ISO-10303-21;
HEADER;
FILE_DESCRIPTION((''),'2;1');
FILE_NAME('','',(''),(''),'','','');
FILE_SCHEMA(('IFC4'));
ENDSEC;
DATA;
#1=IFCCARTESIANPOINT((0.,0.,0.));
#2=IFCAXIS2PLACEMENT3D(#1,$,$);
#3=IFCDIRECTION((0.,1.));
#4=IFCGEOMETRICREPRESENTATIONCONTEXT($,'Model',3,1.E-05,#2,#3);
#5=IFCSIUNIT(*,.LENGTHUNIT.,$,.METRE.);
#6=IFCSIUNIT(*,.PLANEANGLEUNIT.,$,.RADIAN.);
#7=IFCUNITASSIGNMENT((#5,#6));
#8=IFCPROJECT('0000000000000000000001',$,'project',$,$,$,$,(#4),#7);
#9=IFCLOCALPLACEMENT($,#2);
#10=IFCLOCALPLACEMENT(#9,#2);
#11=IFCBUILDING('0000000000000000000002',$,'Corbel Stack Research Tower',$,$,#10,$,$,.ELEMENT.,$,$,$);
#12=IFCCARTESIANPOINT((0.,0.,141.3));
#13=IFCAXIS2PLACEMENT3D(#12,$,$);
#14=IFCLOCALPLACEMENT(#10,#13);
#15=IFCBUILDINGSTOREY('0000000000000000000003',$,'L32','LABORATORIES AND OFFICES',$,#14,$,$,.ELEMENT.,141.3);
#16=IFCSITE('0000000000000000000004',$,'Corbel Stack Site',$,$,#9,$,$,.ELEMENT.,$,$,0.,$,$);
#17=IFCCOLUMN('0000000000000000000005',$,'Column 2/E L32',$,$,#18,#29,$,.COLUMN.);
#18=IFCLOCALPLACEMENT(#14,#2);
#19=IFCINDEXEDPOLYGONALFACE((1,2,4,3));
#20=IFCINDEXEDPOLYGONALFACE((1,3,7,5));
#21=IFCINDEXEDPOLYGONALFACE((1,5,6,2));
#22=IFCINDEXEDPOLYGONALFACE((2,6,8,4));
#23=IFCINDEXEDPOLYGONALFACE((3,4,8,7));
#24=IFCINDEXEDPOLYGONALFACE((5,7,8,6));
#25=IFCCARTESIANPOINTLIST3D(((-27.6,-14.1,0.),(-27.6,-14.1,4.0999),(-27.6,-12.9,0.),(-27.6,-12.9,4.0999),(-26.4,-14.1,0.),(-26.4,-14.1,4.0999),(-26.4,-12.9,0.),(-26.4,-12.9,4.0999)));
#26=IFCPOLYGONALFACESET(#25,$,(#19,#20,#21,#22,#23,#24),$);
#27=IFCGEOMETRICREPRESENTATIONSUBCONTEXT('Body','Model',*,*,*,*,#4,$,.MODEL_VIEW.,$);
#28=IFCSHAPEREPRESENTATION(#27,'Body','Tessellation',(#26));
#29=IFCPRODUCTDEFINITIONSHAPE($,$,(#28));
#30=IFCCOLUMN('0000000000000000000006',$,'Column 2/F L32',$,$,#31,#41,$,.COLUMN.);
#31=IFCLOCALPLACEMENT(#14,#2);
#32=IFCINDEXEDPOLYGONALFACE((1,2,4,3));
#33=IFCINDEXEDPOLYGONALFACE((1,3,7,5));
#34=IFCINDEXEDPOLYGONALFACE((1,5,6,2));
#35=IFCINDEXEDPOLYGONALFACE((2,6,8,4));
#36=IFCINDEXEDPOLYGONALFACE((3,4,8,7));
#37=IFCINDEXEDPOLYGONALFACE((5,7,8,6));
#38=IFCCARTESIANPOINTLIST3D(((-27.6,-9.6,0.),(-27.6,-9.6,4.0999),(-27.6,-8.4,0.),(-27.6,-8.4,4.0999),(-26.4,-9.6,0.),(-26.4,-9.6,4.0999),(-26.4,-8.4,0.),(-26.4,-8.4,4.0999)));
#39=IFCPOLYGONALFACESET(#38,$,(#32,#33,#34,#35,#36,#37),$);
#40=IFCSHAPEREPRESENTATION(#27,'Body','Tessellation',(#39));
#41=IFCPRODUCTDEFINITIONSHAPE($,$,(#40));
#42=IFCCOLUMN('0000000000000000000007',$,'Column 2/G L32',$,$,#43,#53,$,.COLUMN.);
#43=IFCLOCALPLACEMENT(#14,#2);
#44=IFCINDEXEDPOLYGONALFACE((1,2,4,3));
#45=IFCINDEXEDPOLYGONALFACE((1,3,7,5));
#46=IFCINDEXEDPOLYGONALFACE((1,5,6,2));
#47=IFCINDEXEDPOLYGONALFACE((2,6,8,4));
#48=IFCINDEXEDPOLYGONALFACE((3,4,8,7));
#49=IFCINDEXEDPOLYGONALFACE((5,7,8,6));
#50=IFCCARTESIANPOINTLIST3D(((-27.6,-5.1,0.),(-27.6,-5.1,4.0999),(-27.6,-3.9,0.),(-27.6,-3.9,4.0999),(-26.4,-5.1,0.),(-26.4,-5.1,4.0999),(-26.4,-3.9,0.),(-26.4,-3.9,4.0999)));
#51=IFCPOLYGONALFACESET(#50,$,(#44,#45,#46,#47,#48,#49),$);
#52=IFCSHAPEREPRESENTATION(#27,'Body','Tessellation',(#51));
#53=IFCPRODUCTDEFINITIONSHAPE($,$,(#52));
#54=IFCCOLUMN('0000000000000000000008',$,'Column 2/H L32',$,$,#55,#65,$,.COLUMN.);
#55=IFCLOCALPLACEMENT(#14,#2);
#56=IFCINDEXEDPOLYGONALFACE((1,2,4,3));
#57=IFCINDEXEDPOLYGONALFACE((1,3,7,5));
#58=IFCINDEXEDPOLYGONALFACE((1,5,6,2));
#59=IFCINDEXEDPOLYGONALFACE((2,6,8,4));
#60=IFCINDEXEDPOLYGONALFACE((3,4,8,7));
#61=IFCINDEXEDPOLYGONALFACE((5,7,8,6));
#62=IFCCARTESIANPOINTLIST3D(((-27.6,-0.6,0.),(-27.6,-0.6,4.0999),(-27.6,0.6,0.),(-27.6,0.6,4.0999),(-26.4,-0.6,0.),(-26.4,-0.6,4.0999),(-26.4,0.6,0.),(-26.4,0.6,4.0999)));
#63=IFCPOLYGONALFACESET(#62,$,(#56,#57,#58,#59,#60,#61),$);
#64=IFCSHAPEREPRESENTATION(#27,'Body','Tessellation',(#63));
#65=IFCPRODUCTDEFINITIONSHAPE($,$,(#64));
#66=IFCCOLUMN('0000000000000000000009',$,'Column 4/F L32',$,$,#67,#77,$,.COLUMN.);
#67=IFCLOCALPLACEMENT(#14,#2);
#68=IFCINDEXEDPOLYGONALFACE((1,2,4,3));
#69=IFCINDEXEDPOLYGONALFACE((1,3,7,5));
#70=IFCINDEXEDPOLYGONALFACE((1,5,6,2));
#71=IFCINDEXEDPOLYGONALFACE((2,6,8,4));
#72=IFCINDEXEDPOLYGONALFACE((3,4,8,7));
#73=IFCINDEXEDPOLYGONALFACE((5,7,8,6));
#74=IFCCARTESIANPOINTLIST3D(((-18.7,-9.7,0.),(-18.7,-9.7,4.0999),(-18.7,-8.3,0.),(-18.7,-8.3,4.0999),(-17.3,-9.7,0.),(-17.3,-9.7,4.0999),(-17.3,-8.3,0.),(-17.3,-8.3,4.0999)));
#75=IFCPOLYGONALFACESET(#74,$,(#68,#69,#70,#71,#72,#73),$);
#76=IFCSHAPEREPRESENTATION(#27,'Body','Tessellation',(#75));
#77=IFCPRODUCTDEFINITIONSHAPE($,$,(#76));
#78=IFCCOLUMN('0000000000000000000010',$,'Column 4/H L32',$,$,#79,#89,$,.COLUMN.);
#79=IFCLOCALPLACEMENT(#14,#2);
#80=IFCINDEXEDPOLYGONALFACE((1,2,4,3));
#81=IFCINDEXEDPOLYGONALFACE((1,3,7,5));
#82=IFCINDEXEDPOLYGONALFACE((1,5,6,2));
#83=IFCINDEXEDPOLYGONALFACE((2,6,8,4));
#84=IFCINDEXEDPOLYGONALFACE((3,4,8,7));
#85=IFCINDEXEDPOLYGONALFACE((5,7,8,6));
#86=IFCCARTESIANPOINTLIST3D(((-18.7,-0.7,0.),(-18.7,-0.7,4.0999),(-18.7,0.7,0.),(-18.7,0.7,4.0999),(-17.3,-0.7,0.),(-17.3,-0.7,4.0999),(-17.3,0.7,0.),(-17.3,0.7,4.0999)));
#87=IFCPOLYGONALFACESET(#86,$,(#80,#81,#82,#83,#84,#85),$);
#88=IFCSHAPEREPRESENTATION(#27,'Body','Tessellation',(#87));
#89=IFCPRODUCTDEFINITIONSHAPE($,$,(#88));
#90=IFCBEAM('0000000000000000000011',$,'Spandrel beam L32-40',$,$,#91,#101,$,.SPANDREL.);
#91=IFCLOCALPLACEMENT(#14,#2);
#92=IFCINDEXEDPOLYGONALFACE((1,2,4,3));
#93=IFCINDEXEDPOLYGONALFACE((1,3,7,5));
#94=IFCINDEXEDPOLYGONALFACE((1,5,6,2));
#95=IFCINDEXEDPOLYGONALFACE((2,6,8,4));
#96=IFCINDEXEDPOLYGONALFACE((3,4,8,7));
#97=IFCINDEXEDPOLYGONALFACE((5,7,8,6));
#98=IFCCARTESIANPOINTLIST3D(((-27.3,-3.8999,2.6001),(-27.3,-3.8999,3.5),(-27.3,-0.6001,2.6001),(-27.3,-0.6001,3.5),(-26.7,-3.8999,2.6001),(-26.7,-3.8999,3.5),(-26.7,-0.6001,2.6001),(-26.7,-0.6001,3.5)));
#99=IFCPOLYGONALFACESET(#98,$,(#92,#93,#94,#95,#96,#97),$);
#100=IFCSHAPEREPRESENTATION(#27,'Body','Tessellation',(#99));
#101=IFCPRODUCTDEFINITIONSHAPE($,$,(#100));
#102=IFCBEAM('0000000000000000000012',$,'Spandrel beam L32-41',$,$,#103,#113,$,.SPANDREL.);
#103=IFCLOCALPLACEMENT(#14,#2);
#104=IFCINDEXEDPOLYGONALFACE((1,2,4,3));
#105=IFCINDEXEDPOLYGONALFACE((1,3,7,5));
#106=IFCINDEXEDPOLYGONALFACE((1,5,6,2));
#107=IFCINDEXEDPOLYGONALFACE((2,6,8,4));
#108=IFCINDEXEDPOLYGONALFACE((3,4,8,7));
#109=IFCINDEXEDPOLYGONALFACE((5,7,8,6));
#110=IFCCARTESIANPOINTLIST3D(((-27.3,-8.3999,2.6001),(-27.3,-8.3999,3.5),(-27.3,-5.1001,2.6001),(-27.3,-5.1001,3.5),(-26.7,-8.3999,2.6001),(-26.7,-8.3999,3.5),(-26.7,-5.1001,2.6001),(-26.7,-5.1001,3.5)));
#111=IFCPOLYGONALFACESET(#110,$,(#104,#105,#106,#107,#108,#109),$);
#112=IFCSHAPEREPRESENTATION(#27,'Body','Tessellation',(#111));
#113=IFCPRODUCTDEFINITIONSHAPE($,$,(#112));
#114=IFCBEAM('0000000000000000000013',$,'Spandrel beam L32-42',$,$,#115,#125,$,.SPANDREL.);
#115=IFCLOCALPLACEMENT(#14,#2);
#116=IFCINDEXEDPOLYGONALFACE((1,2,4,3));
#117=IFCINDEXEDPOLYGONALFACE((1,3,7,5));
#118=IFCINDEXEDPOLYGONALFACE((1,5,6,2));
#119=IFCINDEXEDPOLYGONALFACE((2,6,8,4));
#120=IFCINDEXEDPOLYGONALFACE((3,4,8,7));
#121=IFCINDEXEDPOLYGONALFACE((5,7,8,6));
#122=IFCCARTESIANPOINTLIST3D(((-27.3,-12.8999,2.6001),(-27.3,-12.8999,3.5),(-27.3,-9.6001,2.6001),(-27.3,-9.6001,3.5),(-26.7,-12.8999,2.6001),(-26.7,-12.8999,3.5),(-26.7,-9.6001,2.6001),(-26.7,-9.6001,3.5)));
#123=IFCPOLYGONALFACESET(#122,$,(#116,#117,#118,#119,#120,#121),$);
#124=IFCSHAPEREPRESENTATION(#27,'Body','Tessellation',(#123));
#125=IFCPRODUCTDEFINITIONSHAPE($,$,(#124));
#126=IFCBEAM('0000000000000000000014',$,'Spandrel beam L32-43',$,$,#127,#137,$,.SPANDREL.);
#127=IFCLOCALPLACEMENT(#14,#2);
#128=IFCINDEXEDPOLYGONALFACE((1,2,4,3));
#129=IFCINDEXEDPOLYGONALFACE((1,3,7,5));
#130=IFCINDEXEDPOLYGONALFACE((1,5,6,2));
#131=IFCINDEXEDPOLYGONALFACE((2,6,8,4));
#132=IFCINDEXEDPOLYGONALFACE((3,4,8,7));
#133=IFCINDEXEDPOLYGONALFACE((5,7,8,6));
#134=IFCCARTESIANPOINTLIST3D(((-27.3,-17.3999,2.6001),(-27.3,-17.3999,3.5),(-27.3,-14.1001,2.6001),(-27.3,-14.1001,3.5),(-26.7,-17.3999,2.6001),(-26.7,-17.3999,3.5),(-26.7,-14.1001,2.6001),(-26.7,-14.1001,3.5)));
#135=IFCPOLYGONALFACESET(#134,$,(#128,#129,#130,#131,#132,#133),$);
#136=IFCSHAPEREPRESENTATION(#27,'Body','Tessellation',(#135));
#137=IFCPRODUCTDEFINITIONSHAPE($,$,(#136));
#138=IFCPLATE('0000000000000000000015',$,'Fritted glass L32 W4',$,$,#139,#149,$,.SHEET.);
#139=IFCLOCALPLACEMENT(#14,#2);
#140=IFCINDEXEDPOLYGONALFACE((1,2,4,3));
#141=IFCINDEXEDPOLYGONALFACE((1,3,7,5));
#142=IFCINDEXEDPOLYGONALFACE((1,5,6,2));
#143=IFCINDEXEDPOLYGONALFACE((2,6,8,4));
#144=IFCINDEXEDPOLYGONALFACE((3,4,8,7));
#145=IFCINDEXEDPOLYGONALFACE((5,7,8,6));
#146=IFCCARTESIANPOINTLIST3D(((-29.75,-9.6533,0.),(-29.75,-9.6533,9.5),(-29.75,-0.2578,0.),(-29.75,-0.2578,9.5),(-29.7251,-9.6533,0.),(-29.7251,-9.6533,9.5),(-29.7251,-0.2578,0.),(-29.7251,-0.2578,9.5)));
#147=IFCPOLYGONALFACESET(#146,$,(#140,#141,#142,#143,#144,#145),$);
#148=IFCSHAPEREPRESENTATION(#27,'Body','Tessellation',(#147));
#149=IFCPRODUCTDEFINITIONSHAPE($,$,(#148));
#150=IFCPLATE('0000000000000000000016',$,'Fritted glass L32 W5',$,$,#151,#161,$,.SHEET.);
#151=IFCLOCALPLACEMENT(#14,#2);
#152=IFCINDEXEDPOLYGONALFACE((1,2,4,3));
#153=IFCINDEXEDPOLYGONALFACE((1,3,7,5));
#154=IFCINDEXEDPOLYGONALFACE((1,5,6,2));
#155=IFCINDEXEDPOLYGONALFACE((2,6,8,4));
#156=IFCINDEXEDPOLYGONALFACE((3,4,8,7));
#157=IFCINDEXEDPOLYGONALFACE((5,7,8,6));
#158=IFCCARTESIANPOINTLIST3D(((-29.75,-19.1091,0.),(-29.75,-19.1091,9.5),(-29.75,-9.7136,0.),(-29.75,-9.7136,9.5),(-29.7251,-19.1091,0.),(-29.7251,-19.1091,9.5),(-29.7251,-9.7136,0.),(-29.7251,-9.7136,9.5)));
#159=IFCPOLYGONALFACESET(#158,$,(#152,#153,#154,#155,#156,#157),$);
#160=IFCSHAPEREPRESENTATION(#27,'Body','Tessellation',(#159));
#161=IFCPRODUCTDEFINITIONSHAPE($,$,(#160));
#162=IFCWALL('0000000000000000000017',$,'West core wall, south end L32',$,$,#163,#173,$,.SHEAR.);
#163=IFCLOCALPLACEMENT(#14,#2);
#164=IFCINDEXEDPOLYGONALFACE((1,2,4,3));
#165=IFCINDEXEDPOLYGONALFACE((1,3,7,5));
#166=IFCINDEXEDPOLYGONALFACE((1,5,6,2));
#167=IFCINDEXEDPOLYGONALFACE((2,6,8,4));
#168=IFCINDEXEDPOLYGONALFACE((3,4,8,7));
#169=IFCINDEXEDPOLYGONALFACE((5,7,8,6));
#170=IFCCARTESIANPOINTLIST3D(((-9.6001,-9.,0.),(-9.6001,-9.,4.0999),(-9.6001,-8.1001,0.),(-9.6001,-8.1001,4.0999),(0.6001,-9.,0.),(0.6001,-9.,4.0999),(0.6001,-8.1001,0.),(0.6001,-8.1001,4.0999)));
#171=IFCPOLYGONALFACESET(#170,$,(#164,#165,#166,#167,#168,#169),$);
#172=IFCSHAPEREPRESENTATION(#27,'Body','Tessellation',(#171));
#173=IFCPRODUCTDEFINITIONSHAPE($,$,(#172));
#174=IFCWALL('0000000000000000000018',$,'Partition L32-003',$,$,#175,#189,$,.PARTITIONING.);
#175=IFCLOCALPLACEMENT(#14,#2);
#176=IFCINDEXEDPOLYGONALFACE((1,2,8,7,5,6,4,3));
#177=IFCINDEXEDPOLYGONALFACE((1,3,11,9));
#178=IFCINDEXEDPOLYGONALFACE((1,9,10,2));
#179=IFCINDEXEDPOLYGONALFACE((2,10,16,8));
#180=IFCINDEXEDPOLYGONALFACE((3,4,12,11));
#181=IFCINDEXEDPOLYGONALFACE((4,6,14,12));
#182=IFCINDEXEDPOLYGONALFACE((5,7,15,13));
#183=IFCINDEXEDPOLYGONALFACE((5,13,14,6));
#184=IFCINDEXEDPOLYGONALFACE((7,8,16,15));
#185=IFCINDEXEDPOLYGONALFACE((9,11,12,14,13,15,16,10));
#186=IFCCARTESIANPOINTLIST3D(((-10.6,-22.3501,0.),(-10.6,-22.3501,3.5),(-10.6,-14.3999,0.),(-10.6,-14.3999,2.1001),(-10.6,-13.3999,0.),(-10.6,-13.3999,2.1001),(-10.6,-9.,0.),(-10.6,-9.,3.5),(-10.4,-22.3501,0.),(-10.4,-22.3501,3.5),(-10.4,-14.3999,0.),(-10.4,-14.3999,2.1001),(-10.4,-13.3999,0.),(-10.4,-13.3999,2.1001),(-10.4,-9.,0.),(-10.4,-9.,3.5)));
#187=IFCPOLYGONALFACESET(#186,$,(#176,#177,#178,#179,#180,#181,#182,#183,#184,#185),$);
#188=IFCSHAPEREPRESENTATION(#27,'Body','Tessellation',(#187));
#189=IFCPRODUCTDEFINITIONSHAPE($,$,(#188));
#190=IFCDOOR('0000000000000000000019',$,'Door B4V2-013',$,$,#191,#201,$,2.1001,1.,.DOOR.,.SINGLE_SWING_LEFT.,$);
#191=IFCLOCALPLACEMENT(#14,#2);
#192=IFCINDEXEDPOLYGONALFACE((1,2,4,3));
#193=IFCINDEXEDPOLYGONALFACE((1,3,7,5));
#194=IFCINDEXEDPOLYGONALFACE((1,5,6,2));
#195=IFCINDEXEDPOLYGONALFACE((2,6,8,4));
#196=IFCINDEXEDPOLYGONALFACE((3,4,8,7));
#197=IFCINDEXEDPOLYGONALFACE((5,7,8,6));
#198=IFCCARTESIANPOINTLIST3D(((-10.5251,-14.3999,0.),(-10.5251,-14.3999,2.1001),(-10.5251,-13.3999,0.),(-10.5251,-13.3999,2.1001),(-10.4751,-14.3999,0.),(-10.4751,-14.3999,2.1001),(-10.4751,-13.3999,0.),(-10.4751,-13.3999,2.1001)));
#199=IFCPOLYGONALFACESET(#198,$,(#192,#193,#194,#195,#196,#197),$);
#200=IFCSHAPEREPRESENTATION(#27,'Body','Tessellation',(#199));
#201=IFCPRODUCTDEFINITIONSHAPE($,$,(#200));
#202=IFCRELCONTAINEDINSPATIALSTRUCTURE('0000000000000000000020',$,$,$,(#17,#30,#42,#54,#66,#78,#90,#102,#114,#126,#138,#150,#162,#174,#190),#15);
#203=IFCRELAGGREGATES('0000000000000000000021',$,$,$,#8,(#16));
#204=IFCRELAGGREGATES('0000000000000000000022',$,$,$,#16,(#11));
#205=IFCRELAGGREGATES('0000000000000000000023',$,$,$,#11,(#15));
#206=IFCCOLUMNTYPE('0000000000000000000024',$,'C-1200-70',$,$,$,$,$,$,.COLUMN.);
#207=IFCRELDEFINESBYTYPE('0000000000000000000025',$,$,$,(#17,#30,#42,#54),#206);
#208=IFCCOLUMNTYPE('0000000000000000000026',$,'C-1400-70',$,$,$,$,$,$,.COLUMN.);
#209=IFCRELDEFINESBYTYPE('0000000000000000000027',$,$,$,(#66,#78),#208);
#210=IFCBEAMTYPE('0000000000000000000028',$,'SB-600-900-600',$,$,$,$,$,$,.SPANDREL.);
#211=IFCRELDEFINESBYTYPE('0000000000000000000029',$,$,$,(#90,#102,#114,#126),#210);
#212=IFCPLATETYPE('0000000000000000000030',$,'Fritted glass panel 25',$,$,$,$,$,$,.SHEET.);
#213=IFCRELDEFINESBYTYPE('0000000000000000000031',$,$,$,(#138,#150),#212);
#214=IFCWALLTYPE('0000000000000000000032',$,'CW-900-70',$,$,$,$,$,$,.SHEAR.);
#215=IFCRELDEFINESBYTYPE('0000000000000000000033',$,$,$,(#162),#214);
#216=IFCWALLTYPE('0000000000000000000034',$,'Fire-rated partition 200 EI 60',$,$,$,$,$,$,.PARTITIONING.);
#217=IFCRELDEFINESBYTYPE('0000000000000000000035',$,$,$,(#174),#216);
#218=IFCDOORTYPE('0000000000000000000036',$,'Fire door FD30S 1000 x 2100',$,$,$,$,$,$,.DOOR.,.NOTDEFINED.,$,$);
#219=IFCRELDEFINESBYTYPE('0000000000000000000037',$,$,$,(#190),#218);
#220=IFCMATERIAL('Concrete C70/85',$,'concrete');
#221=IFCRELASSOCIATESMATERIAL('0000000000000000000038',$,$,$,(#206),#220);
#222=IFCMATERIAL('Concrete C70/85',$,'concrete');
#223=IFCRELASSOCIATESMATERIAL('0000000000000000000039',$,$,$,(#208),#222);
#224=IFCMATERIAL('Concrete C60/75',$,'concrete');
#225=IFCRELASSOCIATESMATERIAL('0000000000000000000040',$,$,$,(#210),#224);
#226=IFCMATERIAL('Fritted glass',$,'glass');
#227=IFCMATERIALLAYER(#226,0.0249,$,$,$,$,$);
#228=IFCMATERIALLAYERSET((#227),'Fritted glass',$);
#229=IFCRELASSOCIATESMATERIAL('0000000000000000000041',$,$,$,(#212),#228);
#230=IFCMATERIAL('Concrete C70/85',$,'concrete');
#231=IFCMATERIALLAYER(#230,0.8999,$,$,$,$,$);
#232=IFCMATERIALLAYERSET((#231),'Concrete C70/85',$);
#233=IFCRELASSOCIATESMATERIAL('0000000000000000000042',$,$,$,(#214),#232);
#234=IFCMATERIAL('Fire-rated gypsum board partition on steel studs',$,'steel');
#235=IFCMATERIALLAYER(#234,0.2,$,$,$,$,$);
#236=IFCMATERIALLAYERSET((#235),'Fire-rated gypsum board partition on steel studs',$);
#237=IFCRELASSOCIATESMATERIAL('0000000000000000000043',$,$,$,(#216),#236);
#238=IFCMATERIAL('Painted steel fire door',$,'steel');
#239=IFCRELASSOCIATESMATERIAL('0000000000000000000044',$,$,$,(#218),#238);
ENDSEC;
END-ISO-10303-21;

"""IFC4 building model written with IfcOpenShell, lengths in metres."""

from ifc_helpers import new_model, si_unit, direction, frame, frame_2d, origin, origin_2d, place, context, subcontext, project, spatial, rectangle, extrude, material, layer, layer_set, material_profile, profile_set, type_object, element, fill, save


model = new_model("IFC4")

# Units and contexts
model_context = context("Model", 3, precision=1e-05, world=origin(), true_north=direction((0.0, 1.0)))
body_context = subcontext(model_context, "Body", "Model", "MODEL_VIEW")
ifc_project = project(units=[si_unit("LENGTHUNIT", "METRE"), si_unit("PLANEANGLEUNIT", "RADIAN")], contexts=[model_context])

# Site, building, storey
site_placement = place(None, origin())
site = spatial("IfcSite", under=ifc_project, at=site_placement, Name="Corbel Stack Site", CompositionType="ELEMENT", RefElevation=0.0)
building_placement = place(site_placement, origin())
building = spatial("IfcBuilding", under=site, at=building_placement, Name="Corbel Stack Research Tower", CompositionType="ELEMENT")
storey_placement = place(building_placement, frame((0.0, 0.0, 141.3)))
storey = spatial("IfcBuildingStorey", under=building, at=storey_placement, Name="L32", Description="LABORATORIES AND OFFICES", CompositionType="ELEMENT", Elevation=141.3)

# Columns
ifc_material_1 = material(Name="Concrete C70/85", Category="concrete")
ifc_material_profile_1 = material_profile(ifc_material_1, rectangle(XDim=1.2, YDim=1.2, at=origin_2d()), Name="RC 1200 x 1200")
ifc_profile_set_1 = profile_set([ifc_material_profile_1], Name="Concrete C70/85")
column_type_1 = type_object("IfcColumnType", Name="C-1200-70", PredefinedType="COLUMN", material=ifc_profile_set_1)
for number, where, z_axis, x_axis, name in (
    (1, (-27.0, -13.5, 0.0), (0.0, 0.0, 1.0), (1.0, 0.0, 0.0), "Column 2/E L32"),
    (2, (-27.0, -9.0, 0.0), (0.0, 0.0, 1.0), (1.0, 0.0, 0.0), "Column 2/F L32"),
    (3, (-27.0, -4.5, 0.0), (0.0, 0.0, 1.0), (1.0, 0.0, 0.0), "Column 2/G L32"),
    (4, (-27.0, 0.0, 0.0), (0.0, 0.0, 1.0), (1.0, 0.0, 0.0), "Column 2/H L32"),
):
    element("IfcColumn", number, at=place(storey_placement, frame(where, z_axis=z_axis, x_axis=x_axis)), inside=storey, type_object=column_type_1, Name=name, PredefinedType="COLUMN", context=body_context, shape_type="SweptSolid", body=[
        extrude(rectangle(XDim=1.2, YDim=1.2, at=origin_2d()), origin(), (0.0, 0.0, 1.0), 4.0999),
    ])
ifc_material_2 = material(Name="Concrete C70/85", Category="concrete")
ifc_material_profile_2 = material_profile(ifc_material_2, rectangle(XDim=1.3999, YDim=1.3999, at=origin_2d()), Name="RC 1400 x 1400")
ifc_profile_set_2 = profile_set([ifc_material_profile_2], Name="Concrete C70/85")
column_type_2 = type_object("IfcColumnType", Name="C-1400-70", PredefinedType="COLUMN", material=ifc_profile_set_2)
for number, where, z_axis, x_axis, name in (
    (5, (-18.0, -9.0, 0.0), (0.0, 0.0, 1.0), (1.0, 0.0, 0.0), "Column 4/F L32"),
    (6, (-18.0, 0.0, 0.0), (0.0, 0.0, 1.0), (1.0, 0.0, 0.0), "Column 4/H L32"),
):
    element("IfcColumn", number, at=place(storey_placement, frame(where, z_axis=z_axis, x_axis=x_axis)), inside=storey, type_object=column_type_2, Name=name, PredefinedType="COLUMN", context=body_context, shape_type="SweptSolid", body=[
        extrude(rectangle(XDim=1.3999, YDim=1.3999, at=origin_2d()), origin(), (0.0, 0.0, 1.0), 4.0999),
    ])

# Beams
ifc_material_3 = material(Name="Concrete C60/75", Category="concrete")
ifc_material_profile_3 = material_profile(ifc_material_3, rectangle(XDim=0.6001, YDim=0.8999, at=origin_2d()), Name="RC 600 x 900")
ifc_profile_set_3 = profile_set([ifc_material_profile_3], Name="Concrete C60/75")
beam_type = type_object("IfcBeamType", Name="SB-600-900-600", PredefinedType="SPANDREL", material=ifc_profile_set_3)
for number, where, z_axis, x_axis, name in (
    (7, (-27.0, -0.6001, 3.05), (0.0, -1.0, 0.0), (1.0, 0.0, 0.0), "Spandrel beam L32-40"),
    (8, (-27.0, -5.1001, 3.05), (0.0, -1.0, 0.0), (1.0, 0.0, 0.0), "Spandrel beam L32-41"),
    (9, (-27.0, -9.6001, 3.05), (0.0, -1.0, 0.0), (1.0, 0.0, 0.0), "Spandrel beam L32-42"),
    (10, (-27.0, -14.1001, 3.05), (0.0, -1.0, 0.0), (1.0, 0.0, 0.0), "Spandrel beam L32-43"),
):
    element("IfcBeam", number, at=place(storey_placement, frame(where, z_axis=z_axis, x_axis=x_axis)), inside=storey, type_object=beam_type, Name=name, PredefinedType="SPANDREL", context=body_context, shape_type="SweptSolid", body=[
        extrude(rectangle(XDim=0.6001, YDim=0.8999, at=origin_2d()), origin(), (0.0, 0.0, 1.0), 3.2998),
    ])

# Plates
ifc_material_4 = material(Name="Fritted glass", Category="glass")
ifc_layer_1 = layer(ifc_material_4, 0.0249)
ifc_layer_set_1 = layer_set([ifc_layer_1], Name="Fritted glass")
plate_type = type_object("IfcPlateType", Name="Fritted glass panel 25", PredefinedType="SHEET", material=ifc_layer_set_1)
for number, where, z_axis, x_axis, name in (
    (11, (-29.7375, -4.9556, 0.0), (0.0, 0.0, 1.0), (0.0, -1.0, 0.0), "Fritted glass L32 W4"),
    (12, (-29.7375, -14.4114, 0.0), (0.0, 0.0, 1.0), (0.0, -1.0, 0.0), "Fritted glass L32 W5"),
):
    element("IfcPlate", number, at=place(storey_placement, frame(where, z_axis=z_axis, x_axis=x_axis)), inside=storey, type_object=plate_type, Name=name, PredefinedType="SHEET", context=body_context, shape_type="SweptSolid", body=[
        extrude(rectangle(XDim=9.3955, YDim=0.0249, at=origin_2d()), origin(), (0.0, 0.0, 1.0), 9.5),
    ])

# Shared definitions
ifc_material_5 = material(Name="Concrete C70/85", Category="concrete")
ifc_layer_2 = layer(ifc_material_5, 0.8999)
ifc_layer_set_2 = layer_set([ifc_layer_2], Name="Concrete C70/85")
wall_type_1 = type_object("IfcWallType", Name="CW-900-70", PredefinedType="SHEAR", material=ifc_layer_set_2)

# Wall
wall_1_placement = place(storey_placement, frame((-9.6001, -8.55, 0.0), z_axis=(0.0, 0.0, 1.0), x_axis=(1.0, 0.0, 0.0)))
element("IfcWall", 13, at=wall_1_placement, inside=storey, type_object=wall_type_1, Name="West core wall, south end L32", PredefinedType="SHEAR", context=body_context, shape_type="SweptSolid", body=[
    extrude(rectangle(XDim=10.2002, YDim=0.8999, at=frame_2d((5.1001, 0.0))), origin(), (0.0, 0.0, 1.0), 4.0999),
])

# Wall, opening, door
ifc_material_6 = material(Name="Fire-rated gypsum board partition on steel studs", Category="steel")
ifc_layer_3 = layer(ifc_material_6, 0.2)
ifc_layer_set_3 = layer_set([ifc_layer_3], Name="Fire-rated gypsum board partition on steel studs")
wall_type_2 = type_object("IfcWallType", Name="Fire-rated partition 200 EI 60", PredefinedType="PARTITIONING", material=ifc_layer_set_3)
wall_2_placement = place(storey_placement, frame((-10.5, -9.0, 0.0), z_axis=(0.0, 0.0, 1.0), x_axis=(0.0, -1.0, 0.0)))
wall_2 = element("IfcWall", 14, at=wall_2_placement, inside=storey, type_object=wall_type_2, Name="Partition L32-003", PredefinedType="PARTITIONING", context=body_context, shape_type="SweptSolid", body=[
    extrude(rectangle(XDim=13.3501, YDim=0.2, at=frame_2d((6.675, 0.0))), origin(), (0.0, 0.0, 1.0), 3.5),
])
opening_1_placement = place(wall_2_placement, frame((4.3999, 0.0, 0.0)))
opening_1 = element("IfcOpeningElement", 15, at=opening_1_placement, cuts=wall_2, PredefinedType="OPENING", context=body_context, shape_type="SweptSolid", body=[
    extrude(rectangle(XDim=1.0, YDim=2.1001, at=frame_2d((0.5, 1.05))), frame((0.0, 0.1099, 0.0), z_axis=(0.0, -1.0, 0.0), x_axis=(1.0, 0.0, 0.0)), (0.0, 0.0, 1.0), 0.22),
])
ifc_material_7 = material(Name="Painted steel fire door", Category="steel")
door_type_1 = type_object("IfcDoorType", Name="Fire door FD30S 1000 x 2100", OperationType="NOTDEFINED", PredefinedType="DOOR", material=ifc_material_7)
door_1_placement = place(opening_1_placement, origin())
door_1 = element("IfcDoor", 16, at=door_1_placement, inside=storey, type_object=door_type_1, Name="Door B4V2-013", OperationType="SINGLE_SWING_LEFT", OverallHeight=2.1001, OverallWidth=1.0, PredefinedType="DOOR", context=body_context, shape_type="SweptSolid", body=[
    extrude(rectangle(XDim=1.0, YDim=2.1001, at=frame_2d((0.5, 1.05))), frame((0.0, 0.0249, 0.0), z_axis=(0.0, -1.0, 0.0), x_axis=(1.0, 0.0, 0.0)), (0.0, 0.0, 1.0), 0.05),
])
fill(opening_1, door_1)

save(model, "model.ifc")
